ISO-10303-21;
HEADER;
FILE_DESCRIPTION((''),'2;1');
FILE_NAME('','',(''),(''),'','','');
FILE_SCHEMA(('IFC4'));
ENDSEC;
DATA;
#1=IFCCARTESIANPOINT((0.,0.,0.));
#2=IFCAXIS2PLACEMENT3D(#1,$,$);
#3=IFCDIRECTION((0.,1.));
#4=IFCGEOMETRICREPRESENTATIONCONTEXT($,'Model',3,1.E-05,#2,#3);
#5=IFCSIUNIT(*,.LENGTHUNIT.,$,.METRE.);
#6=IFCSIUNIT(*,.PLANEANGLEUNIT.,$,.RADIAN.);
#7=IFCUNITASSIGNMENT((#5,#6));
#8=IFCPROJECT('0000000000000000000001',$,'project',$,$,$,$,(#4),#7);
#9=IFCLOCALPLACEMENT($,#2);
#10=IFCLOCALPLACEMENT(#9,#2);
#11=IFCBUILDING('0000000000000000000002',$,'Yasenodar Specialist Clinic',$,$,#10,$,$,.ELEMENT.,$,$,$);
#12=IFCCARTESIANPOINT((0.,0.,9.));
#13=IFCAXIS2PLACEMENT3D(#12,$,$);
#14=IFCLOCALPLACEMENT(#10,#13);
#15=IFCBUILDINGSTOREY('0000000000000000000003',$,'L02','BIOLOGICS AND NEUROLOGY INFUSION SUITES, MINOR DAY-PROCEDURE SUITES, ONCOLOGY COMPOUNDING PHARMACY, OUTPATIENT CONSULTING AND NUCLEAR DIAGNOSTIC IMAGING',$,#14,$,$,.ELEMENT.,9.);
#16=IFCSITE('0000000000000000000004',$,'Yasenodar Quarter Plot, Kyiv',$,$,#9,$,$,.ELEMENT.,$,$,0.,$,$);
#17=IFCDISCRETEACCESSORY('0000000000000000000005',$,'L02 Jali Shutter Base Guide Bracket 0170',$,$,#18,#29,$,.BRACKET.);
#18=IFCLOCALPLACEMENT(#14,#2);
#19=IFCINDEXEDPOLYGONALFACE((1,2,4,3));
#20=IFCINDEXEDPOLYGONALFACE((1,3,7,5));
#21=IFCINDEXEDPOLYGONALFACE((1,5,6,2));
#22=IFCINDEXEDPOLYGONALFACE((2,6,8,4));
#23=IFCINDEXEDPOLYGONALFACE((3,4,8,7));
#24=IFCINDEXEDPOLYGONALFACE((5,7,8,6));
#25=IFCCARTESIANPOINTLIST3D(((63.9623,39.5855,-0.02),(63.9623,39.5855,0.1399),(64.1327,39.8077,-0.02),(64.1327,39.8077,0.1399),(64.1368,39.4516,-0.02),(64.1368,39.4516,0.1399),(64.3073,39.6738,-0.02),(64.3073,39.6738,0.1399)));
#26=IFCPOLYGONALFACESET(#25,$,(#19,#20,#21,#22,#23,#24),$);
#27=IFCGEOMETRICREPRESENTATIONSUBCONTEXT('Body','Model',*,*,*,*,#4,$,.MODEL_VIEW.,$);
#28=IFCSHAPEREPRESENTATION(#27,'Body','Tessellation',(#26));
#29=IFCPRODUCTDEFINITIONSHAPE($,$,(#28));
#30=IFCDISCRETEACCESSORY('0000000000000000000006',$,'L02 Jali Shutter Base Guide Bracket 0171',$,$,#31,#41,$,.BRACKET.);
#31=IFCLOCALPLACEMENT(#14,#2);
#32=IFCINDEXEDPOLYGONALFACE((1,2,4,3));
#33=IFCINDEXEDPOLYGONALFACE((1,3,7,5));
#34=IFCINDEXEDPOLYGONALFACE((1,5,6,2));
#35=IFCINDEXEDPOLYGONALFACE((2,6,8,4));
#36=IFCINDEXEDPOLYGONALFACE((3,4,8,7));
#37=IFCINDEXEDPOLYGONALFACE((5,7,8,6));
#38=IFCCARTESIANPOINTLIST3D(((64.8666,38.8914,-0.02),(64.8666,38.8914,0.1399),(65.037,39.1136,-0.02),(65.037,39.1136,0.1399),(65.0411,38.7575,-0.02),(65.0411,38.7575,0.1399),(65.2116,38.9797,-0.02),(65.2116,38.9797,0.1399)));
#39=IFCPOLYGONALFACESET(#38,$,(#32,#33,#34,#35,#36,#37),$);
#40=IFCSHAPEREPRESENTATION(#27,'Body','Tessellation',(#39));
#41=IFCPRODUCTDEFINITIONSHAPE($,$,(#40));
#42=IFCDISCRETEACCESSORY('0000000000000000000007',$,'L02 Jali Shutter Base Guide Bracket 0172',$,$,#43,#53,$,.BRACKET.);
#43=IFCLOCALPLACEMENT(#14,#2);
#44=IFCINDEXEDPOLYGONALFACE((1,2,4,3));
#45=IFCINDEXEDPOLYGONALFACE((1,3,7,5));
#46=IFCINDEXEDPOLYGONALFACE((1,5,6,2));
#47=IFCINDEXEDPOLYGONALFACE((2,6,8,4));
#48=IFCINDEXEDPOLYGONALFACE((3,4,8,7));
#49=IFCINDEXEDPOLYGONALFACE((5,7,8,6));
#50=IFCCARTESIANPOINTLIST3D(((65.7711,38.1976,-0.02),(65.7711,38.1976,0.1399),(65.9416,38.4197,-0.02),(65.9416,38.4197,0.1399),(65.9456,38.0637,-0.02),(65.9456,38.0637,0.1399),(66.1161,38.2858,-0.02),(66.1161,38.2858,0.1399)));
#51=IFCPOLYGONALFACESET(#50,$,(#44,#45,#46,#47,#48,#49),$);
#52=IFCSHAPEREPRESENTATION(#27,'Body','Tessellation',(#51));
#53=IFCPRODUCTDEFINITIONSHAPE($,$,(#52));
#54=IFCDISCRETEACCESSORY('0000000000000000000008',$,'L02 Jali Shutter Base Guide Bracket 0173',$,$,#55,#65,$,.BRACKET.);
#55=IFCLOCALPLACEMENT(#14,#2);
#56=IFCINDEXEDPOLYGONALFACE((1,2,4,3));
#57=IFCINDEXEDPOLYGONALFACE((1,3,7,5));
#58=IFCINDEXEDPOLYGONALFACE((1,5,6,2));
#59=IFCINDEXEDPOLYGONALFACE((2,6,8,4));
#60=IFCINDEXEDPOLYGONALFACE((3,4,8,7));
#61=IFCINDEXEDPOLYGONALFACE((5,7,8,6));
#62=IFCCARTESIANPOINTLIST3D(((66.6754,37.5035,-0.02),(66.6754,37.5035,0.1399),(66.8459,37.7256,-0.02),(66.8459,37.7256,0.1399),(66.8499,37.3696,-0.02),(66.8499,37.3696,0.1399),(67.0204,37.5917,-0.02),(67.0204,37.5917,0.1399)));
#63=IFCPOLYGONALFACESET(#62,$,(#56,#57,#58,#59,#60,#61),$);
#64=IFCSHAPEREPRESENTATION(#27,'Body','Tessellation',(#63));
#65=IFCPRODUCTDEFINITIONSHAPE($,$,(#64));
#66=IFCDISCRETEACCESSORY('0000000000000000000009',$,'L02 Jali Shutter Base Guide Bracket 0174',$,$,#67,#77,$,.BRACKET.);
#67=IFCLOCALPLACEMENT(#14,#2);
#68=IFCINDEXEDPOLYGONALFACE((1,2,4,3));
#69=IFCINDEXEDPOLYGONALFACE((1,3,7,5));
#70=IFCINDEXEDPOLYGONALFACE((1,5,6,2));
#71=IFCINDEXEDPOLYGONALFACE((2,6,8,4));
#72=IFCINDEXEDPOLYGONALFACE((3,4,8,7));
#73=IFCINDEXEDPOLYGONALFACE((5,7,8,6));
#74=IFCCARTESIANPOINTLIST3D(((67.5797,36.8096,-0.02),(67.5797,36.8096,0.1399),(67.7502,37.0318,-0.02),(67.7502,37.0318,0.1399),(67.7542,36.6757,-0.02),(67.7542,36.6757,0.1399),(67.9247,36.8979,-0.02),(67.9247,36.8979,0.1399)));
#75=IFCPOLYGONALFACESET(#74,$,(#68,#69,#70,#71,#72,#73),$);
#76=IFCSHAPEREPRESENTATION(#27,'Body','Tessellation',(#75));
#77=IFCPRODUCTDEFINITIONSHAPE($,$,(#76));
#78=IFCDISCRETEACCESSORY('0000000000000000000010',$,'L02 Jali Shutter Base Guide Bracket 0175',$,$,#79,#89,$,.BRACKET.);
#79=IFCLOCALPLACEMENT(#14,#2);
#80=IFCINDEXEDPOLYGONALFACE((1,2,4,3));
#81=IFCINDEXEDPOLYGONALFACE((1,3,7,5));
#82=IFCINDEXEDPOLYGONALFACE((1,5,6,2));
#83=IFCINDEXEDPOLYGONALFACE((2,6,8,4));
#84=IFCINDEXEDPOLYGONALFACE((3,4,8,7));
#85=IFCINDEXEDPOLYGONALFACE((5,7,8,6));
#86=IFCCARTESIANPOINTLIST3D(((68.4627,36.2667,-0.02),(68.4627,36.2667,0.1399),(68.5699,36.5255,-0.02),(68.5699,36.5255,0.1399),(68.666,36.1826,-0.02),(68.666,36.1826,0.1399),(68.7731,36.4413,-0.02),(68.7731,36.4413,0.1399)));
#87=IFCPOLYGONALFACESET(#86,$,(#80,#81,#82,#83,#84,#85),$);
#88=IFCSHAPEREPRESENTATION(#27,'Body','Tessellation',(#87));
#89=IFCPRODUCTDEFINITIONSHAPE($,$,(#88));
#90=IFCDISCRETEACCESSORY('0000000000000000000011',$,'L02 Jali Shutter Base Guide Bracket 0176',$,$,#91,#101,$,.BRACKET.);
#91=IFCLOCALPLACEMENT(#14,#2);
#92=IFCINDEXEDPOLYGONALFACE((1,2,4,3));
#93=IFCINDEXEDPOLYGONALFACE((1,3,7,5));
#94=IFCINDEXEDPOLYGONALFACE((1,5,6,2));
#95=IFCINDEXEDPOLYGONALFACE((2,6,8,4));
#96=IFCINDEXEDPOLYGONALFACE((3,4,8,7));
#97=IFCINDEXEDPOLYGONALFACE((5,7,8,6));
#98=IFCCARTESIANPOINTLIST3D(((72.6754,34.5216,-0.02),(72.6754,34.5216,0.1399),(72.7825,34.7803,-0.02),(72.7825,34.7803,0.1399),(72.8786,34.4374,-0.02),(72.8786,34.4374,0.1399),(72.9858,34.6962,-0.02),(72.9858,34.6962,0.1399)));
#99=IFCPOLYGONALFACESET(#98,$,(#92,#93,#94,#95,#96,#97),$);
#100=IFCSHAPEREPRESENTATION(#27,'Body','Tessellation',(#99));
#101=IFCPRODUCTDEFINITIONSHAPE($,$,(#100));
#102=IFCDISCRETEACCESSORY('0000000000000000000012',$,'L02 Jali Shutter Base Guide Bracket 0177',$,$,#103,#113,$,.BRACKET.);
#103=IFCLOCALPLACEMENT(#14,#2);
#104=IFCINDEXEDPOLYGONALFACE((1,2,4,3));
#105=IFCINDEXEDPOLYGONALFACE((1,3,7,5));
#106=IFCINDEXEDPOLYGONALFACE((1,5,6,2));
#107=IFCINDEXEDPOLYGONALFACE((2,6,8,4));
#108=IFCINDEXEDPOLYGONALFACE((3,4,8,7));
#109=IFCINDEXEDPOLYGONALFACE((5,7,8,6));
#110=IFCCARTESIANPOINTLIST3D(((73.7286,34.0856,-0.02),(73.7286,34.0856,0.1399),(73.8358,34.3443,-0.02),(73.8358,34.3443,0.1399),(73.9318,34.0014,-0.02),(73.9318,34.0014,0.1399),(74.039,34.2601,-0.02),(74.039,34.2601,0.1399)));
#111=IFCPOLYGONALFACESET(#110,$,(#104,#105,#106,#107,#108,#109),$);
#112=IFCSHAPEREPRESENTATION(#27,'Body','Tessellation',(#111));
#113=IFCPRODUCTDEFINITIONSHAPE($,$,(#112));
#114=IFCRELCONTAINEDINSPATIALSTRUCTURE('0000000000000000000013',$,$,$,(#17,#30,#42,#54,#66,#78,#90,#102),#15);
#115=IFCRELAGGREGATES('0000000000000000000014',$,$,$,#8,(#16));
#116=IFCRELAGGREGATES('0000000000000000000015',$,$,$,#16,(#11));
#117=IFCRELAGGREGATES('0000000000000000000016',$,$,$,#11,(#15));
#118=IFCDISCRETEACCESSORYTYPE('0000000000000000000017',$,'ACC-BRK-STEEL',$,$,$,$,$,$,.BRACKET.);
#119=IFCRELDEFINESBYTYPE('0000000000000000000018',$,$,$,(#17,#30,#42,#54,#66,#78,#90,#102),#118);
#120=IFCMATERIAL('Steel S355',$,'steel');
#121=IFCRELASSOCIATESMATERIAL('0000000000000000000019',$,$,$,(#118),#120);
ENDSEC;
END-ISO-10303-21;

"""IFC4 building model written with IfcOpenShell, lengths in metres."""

from ifc_helpers import new_model, si_unit, direction, frame, origin, origin_2d, place, context, subcontext, project, spatial, rectangle, extrude, material, type_object, element, save


model = new_model("IFC4")

# Units and contexts
model_context = context("Model", 3, precision=1e-05, world=origin(), true_north=direction((0.0, 1.0)))
body_context = subcontext(model_context, "Body", "Model", "MODEL_VIEW")
ifc_project = project(units=[si_unit("LENGTHUNIT", "METRE"), si_unit("PLANEANGLEUNIT", "RADIAN")], contexts=[model_context])

# Site, building, storey
site_placement = place(None, origin())
site = spatial("IfcSite", under=ifc_project, at=site_placement, Name="Yasenodar Quarter Plot, Kyiv", CompositionType="ELEMENT", RefElevation=0.0)
building_placement = place(site_placement, origin())
building = spatial("IfcBuilding", under=site, at=building_placement, Name="Yasenodar Specialist Clinic", CompositionType="ELEMENT")
storey_placement = place(building_placement, frame((0.0, 0.0, 9.0)))
storey = spatial("IfcBuildingStorey", under=building, at=storey_placement, Name="L02", Description="BIOLOGICS AND NEUROLOGY INFUSION SUITES, MINOR DAY-PROCEDURE SUITES, ONCOLOGY COMPOUNDING PHARMACY, OUTPATIENT CONSULTING AND NUCLEAR DIAGNOSTIC IMAGING", CompositionType="ELEMENT", Elevation=9.0)

# Shared definitions
ifc_material_1 = material(Name="Steel S355", Category="steel")

# Discrete accessories
discrete_accessory_type = type_object("IfcDiscreteAccessoryType", Name="ACC-BRK-STEEL", PredefinedType="BRACKET", material=ifc_material_1)
for number, where, z_axis, x_axis, name in (
    (1, (64.1348, 39.6296, -0.02), (0.0, 0.0, 1.0), (0.793351, -0.608764, 0.0), "L02 Jali Shutter Base Guide Bracket 0170"),
    (2, (65.0391, 38.9355, -0.02), (0.0, 0.0, 1.0), (0.793351, -0.608764, 0.0), "L02 Jali Shutter Base Guide Bracket 0171"),
    (3, (65.9436, 38.2417, -0.02), (0.0, 0.0, 1.0), (0.793351, -0.608764, 0.0), "L02 Jali Shutter Base Guide Bracket 0172"),
    (4, (66.8479, 37.5476, -0.02), (0.0, 0.0, 1.0), (0.793351, -0.608764, 0.0), "L02 Jali Shutter Base Guide Bracket 0173"),
    (5, (67.7522, 36.8538, -0.02), (0.0, 0.0, 1.0), (0.793351, -0.608764, 0.0), "L02 Jali Shutter Base Guide Bracket 0174"),
    (6, (68.6179, 36.354, -0.02), (0.0, 0.0, 1.0), (0.923878, -0.382687, 0.0), "L02 Jali Shutter Base Guide Bracket 0175"),
    (7, (72.8306, 34.6089, -0.02), (0.0, 0.0, 1.0), (0.923878, -0.382687, 0.0), "L02 Jali Shutter Base Guide Bracket 0176"),
    (8, (73.8838, 34.1729, -0.02), (0.0, 0.0, 1.0), (0.923878, -0.382687, 0.0), "L02 Jali Shutter Base Guide Bracket 0177"),
):
    element("IfcDiscreteAccessory", number, at=place(storey_placement, frame(where, z_axis=z_axis, x_axis=x_axis)), inside=storey, type_object=discrete_accessory_type, Name=name, PredefinedType="BRACKET", context=body_context, shape_type="SweptSolid", body=[
        extrude(rectangle(XDim=0.22, YDim=0.28, at=origin_2d()), origin(), (0.0, 0.0, 1.0), 0.1599),
    ])

save(model, "model.ifc")
